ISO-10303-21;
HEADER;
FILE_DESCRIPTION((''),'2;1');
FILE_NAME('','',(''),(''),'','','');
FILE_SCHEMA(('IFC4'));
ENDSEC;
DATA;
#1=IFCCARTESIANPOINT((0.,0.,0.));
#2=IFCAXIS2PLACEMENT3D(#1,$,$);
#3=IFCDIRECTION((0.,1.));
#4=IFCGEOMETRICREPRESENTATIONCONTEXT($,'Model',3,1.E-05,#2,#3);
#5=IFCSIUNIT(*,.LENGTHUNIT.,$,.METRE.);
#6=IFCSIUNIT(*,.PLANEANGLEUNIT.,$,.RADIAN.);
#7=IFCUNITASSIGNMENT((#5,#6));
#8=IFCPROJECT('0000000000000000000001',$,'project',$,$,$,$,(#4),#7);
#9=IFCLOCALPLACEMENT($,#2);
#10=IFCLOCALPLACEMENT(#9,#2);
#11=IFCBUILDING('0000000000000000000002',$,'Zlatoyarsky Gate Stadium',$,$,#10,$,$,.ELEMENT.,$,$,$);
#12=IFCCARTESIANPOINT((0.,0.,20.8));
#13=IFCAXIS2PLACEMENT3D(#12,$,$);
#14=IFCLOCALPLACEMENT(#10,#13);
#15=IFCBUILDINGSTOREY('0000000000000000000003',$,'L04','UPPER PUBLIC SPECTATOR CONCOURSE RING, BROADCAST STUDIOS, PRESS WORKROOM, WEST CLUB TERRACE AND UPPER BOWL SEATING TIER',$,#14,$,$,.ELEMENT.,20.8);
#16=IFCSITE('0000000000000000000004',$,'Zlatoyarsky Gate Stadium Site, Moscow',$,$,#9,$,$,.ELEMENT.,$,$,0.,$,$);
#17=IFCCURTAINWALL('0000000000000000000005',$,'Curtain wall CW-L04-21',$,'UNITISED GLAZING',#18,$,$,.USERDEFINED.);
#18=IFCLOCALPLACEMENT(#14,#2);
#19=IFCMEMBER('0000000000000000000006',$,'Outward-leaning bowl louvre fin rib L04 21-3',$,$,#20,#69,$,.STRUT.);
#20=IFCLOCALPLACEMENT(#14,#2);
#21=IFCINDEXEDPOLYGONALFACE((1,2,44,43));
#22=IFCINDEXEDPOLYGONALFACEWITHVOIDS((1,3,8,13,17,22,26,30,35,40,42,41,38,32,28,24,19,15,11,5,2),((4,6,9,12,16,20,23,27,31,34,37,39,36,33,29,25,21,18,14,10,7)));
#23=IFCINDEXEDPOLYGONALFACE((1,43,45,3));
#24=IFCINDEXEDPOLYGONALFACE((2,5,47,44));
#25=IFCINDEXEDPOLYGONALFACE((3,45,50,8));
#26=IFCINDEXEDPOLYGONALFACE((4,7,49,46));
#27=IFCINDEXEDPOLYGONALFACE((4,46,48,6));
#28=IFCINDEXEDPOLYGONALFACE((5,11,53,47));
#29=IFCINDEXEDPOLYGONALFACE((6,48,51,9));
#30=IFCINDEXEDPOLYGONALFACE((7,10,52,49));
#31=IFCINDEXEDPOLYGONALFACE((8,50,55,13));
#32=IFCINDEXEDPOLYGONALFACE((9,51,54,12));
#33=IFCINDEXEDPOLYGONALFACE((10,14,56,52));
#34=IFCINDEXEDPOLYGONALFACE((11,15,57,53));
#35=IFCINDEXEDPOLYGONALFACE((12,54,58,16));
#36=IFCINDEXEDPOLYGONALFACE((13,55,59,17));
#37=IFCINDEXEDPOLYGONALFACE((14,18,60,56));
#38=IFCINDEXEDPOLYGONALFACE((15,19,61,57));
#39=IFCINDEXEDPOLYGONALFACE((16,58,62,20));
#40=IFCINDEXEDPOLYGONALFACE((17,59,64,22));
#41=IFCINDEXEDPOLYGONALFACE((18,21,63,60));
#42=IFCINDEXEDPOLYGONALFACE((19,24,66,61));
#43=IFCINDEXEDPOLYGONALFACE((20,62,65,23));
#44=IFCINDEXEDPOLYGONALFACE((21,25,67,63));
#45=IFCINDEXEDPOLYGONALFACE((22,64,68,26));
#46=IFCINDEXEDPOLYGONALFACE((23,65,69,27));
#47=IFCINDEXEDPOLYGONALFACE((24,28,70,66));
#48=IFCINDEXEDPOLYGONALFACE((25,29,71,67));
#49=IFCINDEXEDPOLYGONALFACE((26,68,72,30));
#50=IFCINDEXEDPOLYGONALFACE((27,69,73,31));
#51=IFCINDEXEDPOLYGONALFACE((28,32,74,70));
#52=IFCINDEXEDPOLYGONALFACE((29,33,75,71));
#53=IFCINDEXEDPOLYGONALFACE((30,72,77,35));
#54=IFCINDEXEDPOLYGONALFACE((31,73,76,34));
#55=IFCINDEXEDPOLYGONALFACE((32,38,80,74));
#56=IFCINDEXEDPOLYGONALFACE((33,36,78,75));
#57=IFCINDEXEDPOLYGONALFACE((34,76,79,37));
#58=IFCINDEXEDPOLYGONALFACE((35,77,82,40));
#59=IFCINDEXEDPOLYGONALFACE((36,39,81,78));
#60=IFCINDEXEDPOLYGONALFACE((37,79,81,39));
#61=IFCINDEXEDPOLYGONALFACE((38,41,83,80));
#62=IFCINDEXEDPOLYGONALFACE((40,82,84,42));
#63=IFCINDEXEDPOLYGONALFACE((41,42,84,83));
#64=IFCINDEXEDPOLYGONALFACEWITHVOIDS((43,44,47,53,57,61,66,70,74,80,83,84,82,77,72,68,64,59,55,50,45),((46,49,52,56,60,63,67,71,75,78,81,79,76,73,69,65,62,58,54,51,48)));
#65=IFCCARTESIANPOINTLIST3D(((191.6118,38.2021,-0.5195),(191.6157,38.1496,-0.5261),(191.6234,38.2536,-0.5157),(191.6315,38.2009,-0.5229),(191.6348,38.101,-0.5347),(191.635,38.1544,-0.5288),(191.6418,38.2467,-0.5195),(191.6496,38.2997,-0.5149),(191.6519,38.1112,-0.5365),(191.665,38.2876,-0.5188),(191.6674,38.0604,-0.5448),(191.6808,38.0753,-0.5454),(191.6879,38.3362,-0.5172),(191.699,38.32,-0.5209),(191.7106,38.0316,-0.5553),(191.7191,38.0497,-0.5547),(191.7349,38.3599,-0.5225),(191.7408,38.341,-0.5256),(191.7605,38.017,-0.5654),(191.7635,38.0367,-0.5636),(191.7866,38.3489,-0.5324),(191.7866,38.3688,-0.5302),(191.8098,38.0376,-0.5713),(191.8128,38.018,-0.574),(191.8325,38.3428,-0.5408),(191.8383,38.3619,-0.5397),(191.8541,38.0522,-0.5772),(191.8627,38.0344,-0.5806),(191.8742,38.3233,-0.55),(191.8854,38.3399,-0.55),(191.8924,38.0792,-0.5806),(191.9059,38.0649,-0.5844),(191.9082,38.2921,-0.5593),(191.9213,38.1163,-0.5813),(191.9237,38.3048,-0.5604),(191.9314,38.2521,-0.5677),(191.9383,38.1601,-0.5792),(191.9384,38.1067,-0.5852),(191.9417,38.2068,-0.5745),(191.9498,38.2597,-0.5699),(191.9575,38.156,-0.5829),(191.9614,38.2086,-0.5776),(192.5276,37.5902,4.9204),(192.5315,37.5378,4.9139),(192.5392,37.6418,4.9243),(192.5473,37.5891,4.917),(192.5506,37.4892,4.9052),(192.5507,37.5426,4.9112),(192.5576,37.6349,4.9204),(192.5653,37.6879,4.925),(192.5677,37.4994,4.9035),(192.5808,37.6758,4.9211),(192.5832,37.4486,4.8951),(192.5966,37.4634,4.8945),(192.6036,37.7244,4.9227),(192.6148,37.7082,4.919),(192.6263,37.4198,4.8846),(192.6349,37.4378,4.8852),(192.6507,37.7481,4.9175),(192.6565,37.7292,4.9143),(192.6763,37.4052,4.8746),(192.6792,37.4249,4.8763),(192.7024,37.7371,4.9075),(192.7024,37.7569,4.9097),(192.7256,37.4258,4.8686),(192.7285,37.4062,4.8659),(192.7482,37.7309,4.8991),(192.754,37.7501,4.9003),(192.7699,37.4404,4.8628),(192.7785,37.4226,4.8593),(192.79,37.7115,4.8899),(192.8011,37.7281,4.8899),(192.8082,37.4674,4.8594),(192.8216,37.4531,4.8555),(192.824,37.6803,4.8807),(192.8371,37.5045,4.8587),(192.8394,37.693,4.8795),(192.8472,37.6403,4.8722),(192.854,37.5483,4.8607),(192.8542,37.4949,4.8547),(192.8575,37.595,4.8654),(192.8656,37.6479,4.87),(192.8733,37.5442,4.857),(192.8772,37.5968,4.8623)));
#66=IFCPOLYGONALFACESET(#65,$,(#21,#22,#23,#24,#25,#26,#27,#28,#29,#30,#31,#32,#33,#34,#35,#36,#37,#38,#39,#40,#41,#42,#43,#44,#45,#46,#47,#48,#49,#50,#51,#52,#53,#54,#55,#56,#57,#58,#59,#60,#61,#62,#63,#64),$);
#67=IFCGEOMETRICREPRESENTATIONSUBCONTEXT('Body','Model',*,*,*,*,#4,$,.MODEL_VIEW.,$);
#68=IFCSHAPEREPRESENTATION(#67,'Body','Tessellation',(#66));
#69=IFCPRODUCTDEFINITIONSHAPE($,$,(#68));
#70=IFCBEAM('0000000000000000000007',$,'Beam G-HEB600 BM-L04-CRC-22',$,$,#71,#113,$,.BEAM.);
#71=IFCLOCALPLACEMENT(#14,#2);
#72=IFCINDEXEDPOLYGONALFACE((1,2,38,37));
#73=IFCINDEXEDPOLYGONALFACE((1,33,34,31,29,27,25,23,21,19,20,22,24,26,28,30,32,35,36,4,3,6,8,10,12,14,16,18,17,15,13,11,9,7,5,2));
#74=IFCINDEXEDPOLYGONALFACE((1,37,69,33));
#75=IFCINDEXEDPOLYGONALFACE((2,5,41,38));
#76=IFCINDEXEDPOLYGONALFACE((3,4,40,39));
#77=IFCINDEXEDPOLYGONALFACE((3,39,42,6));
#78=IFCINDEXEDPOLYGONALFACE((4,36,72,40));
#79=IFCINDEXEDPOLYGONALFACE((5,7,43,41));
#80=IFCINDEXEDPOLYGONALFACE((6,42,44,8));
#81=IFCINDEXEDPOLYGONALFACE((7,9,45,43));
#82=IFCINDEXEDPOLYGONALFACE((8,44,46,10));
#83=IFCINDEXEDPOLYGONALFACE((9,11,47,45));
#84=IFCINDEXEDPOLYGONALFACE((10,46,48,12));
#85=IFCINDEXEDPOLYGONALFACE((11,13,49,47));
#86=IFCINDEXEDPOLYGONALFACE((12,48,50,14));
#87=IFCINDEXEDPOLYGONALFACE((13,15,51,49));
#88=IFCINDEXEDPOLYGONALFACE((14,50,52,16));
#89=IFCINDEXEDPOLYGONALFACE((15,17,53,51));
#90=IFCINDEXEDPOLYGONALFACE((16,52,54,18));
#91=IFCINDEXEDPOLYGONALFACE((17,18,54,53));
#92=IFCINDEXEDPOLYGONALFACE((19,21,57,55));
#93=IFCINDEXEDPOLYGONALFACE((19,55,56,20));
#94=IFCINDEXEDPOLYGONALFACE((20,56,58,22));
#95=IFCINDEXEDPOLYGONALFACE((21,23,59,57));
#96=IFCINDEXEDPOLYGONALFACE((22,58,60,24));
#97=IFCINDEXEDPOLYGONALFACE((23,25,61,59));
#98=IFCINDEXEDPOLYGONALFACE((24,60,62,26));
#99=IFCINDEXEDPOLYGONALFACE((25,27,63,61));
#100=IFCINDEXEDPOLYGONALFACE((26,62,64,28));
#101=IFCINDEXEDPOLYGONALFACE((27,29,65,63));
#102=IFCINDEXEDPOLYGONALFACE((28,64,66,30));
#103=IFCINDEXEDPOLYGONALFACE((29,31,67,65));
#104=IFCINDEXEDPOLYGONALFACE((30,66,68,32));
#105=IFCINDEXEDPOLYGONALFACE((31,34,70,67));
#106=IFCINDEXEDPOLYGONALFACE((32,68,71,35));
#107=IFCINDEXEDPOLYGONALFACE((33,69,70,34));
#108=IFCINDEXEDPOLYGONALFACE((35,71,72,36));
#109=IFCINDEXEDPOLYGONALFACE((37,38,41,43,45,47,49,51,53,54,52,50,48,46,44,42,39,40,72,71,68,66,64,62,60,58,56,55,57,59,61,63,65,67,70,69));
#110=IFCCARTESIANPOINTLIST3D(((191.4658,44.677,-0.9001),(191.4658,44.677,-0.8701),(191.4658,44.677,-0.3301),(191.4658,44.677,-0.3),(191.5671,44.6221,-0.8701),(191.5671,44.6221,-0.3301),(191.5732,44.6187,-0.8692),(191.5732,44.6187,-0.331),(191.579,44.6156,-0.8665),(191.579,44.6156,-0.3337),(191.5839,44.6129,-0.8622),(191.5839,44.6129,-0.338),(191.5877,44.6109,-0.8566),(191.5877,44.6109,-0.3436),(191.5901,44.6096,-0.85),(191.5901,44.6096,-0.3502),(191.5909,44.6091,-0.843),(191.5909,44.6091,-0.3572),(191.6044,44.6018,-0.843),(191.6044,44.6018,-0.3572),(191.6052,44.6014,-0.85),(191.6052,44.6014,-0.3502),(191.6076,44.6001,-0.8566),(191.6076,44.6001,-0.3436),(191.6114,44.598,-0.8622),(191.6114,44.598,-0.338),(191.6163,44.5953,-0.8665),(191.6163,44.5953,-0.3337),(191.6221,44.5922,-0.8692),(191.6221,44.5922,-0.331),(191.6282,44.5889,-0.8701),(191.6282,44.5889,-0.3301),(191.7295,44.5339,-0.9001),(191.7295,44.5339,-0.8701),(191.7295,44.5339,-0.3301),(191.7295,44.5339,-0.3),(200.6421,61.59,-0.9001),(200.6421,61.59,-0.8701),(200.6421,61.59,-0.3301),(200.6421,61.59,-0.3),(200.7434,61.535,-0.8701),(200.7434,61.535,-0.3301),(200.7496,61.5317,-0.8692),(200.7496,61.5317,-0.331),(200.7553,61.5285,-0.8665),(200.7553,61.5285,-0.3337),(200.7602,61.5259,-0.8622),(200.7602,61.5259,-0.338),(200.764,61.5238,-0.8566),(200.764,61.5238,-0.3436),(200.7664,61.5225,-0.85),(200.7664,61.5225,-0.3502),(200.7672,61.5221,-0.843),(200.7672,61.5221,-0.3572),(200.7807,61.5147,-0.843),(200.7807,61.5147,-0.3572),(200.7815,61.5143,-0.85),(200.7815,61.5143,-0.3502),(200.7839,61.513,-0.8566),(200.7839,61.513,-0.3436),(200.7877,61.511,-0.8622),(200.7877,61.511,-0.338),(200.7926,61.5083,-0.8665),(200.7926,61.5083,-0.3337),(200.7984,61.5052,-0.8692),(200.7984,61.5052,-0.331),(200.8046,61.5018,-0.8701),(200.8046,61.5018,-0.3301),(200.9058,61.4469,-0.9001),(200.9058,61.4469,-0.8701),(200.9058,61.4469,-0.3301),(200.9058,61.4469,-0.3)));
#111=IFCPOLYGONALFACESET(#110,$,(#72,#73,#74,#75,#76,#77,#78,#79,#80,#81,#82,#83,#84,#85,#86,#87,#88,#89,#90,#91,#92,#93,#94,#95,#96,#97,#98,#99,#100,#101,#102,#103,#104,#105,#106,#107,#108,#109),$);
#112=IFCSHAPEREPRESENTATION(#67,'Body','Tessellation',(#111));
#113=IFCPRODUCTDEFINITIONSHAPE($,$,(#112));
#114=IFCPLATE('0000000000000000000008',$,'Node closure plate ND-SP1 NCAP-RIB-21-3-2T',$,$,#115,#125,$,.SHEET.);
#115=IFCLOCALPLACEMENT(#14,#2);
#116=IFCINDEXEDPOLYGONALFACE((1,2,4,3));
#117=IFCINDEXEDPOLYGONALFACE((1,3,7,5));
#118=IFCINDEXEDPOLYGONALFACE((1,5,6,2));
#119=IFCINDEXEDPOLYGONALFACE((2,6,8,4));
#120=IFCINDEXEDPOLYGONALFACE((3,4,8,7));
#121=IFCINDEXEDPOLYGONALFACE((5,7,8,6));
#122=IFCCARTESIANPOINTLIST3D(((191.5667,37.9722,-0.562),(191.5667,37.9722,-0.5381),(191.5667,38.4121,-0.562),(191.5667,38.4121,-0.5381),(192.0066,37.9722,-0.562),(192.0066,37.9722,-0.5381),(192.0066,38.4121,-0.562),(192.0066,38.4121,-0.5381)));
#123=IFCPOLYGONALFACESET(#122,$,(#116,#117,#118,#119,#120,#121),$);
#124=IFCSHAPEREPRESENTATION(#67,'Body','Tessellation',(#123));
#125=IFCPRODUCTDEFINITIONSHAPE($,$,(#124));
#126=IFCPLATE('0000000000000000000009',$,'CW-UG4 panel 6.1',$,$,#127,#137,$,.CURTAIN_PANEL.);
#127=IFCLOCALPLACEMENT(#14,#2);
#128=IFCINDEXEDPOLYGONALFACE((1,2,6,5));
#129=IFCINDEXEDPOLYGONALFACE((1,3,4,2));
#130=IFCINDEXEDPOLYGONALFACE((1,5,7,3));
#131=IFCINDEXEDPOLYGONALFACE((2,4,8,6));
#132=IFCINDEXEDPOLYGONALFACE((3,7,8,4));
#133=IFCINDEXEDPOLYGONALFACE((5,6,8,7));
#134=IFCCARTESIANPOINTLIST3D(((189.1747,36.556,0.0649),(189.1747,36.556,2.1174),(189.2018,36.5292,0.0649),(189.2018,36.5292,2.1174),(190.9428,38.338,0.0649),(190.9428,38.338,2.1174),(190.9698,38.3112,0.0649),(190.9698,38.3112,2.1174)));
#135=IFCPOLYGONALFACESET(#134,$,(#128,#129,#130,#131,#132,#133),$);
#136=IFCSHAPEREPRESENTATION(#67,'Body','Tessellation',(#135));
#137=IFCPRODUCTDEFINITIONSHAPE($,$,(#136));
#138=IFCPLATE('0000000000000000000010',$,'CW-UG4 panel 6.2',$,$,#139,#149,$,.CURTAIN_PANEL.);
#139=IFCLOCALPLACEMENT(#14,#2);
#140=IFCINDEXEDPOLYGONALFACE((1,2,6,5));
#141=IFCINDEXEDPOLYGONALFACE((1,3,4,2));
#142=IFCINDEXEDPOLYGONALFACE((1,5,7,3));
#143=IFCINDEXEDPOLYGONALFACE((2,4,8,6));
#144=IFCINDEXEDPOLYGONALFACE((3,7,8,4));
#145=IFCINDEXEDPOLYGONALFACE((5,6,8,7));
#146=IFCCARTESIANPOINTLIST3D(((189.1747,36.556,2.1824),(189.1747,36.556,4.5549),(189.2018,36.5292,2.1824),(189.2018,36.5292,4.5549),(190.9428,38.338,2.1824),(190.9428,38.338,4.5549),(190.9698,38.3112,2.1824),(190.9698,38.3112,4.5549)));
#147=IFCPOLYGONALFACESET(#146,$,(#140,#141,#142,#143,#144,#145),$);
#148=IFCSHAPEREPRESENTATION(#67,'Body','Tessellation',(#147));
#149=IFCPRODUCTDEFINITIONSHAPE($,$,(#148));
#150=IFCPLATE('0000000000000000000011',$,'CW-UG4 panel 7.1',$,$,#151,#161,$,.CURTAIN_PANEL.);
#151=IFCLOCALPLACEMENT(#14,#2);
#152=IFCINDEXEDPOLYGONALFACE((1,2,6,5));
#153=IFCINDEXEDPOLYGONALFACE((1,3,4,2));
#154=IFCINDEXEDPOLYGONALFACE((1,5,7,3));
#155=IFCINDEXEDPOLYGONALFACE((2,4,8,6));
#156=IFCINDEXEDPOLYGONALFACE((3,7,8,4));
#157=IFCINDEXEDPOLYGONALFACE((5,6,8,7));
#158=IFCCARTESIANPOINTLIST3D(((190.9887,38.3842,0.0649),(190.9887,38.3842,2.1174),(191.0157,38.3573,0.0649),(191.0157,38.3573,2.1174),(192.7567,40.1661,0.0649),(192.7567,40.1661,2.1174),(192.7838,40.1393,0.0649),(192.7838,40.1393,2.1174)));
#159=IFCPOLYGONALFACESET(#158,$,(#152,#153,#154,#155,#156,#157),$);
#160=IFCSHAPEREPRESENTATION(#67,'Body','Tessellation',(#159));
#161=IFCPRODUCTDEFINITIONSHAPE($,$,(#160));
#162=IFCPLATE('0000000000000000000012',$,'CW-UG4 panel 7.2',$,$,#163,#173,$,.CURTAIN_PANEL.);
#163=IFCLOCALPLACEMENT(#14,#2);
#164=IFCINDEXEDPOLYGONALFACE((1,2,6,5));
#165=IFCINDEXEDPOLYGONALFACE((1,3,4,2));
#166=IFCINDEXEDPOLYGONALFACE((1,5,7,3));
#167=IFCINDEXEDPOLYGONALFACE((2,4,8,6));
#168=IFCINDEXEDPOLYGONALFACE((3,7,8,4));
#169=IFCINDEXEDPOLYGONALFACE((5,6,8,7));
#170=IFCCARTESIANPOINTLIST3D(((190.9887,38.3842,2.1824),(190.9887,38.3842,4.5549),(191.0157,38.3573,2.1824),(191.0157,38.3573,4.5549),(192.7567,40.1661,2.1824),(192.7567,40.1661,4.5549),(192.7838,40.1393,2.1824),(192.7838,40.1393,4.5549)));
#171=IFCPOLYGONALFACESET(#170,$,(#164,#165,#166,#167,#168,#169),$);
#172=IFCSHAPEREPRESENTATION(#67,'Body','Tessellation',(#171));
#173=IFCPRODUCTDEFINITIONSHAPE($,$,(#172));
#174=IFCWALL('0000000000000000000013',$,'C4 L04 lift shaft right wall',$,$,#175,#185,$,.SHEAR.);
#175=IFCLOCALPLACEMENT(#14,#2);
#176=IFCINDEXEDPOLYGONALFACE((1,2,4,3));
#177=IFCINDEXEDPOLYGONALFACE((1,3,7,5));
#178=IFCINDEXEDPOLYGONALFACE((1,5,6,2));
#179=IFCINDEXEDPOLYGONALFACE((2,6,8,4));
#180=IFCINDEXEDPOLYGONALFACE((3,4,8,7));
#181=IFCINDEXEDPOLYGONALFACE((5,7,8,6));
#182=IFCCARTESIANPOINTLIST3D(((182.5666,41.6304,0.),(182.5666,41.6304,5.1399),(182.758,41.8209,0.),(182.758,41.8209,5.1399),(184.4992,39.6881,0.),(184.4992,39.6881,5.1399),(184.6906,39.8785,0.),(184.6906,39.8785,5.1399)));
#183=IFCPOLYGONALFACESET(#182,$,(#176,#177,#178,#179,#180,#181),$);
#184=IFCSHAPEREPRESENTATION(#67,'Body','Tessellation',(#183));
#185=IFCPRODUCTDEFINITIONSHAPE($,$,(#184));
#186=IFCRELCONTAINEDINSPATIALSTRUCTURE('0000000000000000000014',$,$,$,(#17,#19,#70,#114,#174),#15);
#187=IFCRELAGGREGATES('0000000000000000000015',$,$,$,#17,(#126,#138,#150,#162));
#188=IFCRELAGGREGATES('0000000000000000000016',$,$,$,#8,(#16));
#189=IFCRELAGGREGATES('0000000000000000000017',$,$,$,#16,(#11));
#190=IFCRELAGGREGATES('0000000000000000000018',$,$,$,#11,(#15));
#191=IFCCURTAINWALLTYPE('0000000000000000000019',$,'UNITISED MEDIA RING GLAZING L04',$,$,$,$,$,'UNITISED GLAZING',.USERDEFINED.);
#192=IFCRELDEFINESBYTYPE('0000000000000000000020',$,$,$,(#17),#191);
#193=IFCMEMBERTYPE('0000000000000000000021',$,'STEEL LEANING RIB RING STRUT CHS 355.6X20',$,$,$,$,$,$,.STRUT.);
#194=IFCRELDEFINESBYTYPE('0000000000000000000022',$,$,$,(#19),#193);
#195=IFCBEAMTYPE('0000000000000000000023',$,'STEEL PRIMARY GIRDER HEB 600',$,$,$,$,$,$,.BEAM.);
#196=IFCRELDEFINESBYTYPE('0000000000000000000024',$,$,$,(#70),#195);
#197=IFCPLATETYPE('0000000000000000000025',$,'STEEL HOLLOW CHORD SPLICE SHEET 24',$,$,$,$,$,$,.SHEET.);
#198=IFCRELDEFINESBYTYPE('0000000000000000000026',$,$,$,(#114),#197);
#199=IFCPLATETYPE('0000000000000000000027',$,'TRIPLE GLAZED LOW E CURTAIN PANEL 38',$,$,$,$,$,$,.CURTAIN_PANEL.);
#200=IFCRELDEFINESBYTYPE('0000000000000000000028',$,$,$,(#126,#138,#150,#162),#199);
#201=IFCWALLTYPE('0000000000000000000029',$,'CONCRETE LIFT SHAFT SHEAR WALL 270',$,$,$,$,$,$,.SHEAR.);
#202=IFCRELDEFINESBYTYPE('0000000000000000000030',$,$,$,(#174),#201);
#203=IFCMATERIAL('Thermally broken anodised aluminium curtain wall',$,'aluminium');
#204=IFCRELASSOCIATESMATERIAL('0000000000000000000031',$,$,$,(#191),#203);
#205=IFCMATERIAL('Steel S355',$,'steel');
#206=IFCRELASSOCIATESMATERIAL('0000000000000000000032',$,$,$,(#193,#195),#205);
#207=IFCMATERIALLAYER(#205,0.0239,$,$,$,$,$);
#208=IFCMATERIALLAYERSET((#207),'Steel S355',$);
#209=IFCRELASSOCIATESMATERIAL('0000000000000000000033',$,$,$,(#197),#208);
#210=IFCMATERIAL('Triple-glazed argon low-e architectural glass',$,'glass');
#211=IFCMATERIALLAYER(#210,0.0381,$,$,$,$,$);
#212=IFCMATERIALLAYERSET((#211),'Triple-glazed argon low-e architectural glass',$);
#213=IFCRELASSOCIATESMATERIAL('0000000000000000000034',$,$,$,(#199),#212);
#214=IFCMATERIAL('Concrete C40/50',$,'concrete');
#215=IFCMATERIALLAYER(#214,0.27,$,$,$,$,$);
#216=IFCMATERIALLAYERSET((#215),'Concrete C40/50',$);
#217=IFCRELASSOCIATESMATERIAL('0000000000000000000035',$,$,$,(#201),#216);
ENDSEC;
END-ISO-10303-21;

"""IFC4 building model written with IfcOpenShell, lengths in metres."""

from ifc_helpers import new_model, si_unit, direction, frame, frame_2d, origin, origin_2d, place, context, subcontext, project, spatial, rectangle, hollow_circle, i_section, extrude, material, layer, layer_set, material_profile, profile_set, type_object, element, aggregate, save


model = new_model("IFC4")

# Units and contexts
model_context = context("Model", 3, precision=1e-05, world=origin(), true_north=direction((0.0, 1.0)))
body_context = subcontext(model_context, "Body", "Model", "MODEL_VIEW")
ifc_project = project(units=[si_unit("LENGTHUNIT", "METRE"), si_unit("PLANEANGLEUNIT", "RADIAN")], contexts=[model_context])

# Site, building, storey
site_placement = place(None, origin())
site = spatial("IfcSite", under=ifc_project, at=site_placement, Name="Zlatoyarsky Gate Stadium Site, Moscow", CompositionType="ELEMENT", RefElevation=0.0)
building_placement = place(site_placement, origin())
building = spatial("IfcBuilding", under=site, at=building_placement, Name="Zlatoyarsky Gate Stadium", CompositionType="ELEMENT")
storey_placement = place(building_placement, frame((0.0, 0.0, 20.8)))
storey = spatial("IfcBuildingStorey", under=building, at=storey_placement, Name="L04", Description="UPPER PUBLIC SPECTATOR CONCOURSE RING, BROADCAST STUDIOS, PRESS WORKROOM, WEST CLUB TERRACE AND UPPER BOWL SEATING TIER", CompositionType="ELEMENT", Elevation=20.8)

# Shared definitions
ifc_material_1 = material(Name="Steel S355", Category="steel")

# Curtain wall
ifc_material_2 = material(Name="Thermally broken anodised aluminium curtain wall", Category="aluminium")
curtain_wall_type = type_object("IfcCurtainWallType", Name="UNITISED MEDIA RING GLAZING L04", ElementType="UNITISED GLAZING", PredefinedType="USERDEFINED", material=ifc_material_2)
curtain_wall_placement = place(storey_placement, origin())
curtain_wall = element("IfcCurtainWall", 1, at=curtain_wall_placement, inside=storey, type_object=curtain_wall_type, Name="Curtain wall CW-L04-21", ObjectType="UNITISED GLAZING", PredefinedType="USERDEFINED")

# Member
ifc_material_profile_1 = material_profile(ifc_material_1, hollow_circle(Radius=0.1777, WallThickness=0.02, at=origin_2d()), Name="CHS 355.6X20")
ifc_profile_set_1 = profile_set([ifc_material_profile_1], Name="Steel S355")
member_type_1 = type_object("IfcMemberType", Name="STEEL LEANING RIB RING STRUT CHS 355.6X20", PredefinedType="STRUT", material=ifc_profile_set_1)
member_1_placement = place(storey_placement, frame((191.7866, 38.1921, -0.55), z_axis=(0.164995, -0.110231, 0.980115), x_axis=(0.555518, 0.831504, 0.0)))
element("IfcMember", 2, at=member_1_placement, inside=storey, type_object=member_type_1, Name="Outward-leaning bowl louvre fin rib L04 21-3", PredefinedType="STRUT", context=body_context, shape_type="SweptSolid", body=[
    extrude(hollow_circle(Radius=0.1777, WallThickness=0.02, at=origin_2d()), origin(), (0.0, 0.0, 1.0), 5.5503),
])

# Beam
ifc_material_profile_2 = material_profile(ifc_material_1, i_section(OverallWidth=0.3, OverallDepth=0.6001, WebThickness=0.0154, FlangeThickness=0.03, FilletRadius=0.0271, at=origin_2d()), Name="HEB 600")
ifc_profile_set_2 = profile_set([ifc_material_profile_2], Name="Steel S355")
beam_type_1 = type_object("IfcBeamType", Name="STEEL PRIMARY GIRDER HEB 600", PredefinedType="BEAM", material=ifc_profile_set_2)
beam_1_placement = place(storey_placement, frame((191.5977, 44.6055, -0.6001), z_axis=(0.476892, 0.878962, 0.0), x_axis=(-0.878962, 0.476892, 0.0)))
element("IfcBeam", 3, at=beam_1_placement, inside=storey, type_object=beam_type_1, Name="Beam G-HEB600 BM-L04-CRC-22", PredefinedType="BEAM", context=body_context, shape_type="SweptSolid", body=[
    extrude(i_section(OverallWidth=0.3, OverallDepth=0.6001, WebThickness=0.0154, FlangeThickness=0.03, FilletRadius=0.0271, at=origin_2d()), origin(), (0.0, 0.0, 1.0), 19.2419),
])

# Plates
ifc_layer_1 = layer(ifc_material_1, 0.0239)
ifc_layer_set_1 = layer_set([ifc_layer_1], Name="Steel S355")
plate_type_1 = type_object("IfcPlateType", Name="STEEL HOLLOW CHORD SPLICE SHEET 24", PredefinedType="SHEET", material=ifc_layer_set_1)
plate_1_placement = place(storey_placement, frame((191.7866, 38.1921, -0.562), z_axis=(0.0, 0.0, 1.0), x_axis=(1.0, 0.0, 0.0)))
element("IfcPlate", 4, at=plate_1_placement, inside=storey, type_object=plate_type_1, Name="Node closure plate ND-SP1 NCAP-RIB-21-3-2T", PredefinedType="SHEET", context=body_context, shape_type="SweptSolid", body=[
    extrude(rectangle(XDim=0.4399, YDim=0.4399, at=origin_2d()), origin(), (0.0, 0.0, 1.0), 0.0239),
])
ifc_material_3 = material(Name="Triple-glazed argon low-e architectural glass", Category="glass")
ifc_layer_2 = layer(ifc_material_3, 0.0381)
ifc_layer_set_2 = layer_set([ifc_layer_2], Name="Triple-glazed argon low-e architectural glass")
plate_type_2 = type_object("IfcPlateType", Name="TRIPLE GLAZED LOW E CURTAIN PANEL 38", PredefinedType="CURTAIN_PANEL", material=ifc_layer_set_2)
plate_2_placement = place(storey_placement, frame((190.0723, 37.4336, 0.0649), z_axis=(0.0, 0.0, 1.0), x_axis=(0.704332, 0.709871, 0.0)))
plate_2 = element("IfcPlate", 5, at=plate_2_placement, type_object=plate_type_2, Name="CW-UG4 panel 6.1", PredefinedType="CURTAIN_PANEL", context=body_context, shape_type="SweptSolid", body=[
    extrude(rectangle(XDim=2.5103, YDim=0.0381, at=origin_2d()), origin(), (0.0, 0.0, 1.0), 2.0525),
])
plate_3_placement = place(storey_placement, frame((190.0723, 37.4336, 2.1824), z_axis=(0.0, 0.0, 1.0), x_axis=(0.704332, 0.709871, 0.0)))
plate_3 = element("IfcPlate", 6, at=plate_3_placement, type_object=plate_type_2, Name="CW-UG4 panel 6.2", PredefinedType="CURTAIN_PANEL", context=body_context, shape_type="SweptSolid", body=[
    extrude(rectangle(XDim=2.5103, YDim=0.0381, at=origin_2d()), origin(), (0.0, 0.0, 1.0), 2.3726),
])
plate_4_placement = place(storey_placement, frame((191.8862, 39.2617, 0.0649), z_axis=(0.0, 0.0, 1.0), x_axis=(0.704332, 0.709871, 0.0)))
plate_4 = element("IfcPlate", 7, at=plate_4_placement, type_object=plate_type_2, Name="CW-UG4 panel 7.1", PredefinedType="CURTAIN_PANEL", context=body_context, shape_type="SweptSolid", body=[
    extrude(rectangle(XDim=2.5103, YDim=0.0381, at=origin_2d()), origin(), (0.0, 0.0, 1.0), 2.0525),
])
plate_5_placement = place(storey_placement, frame((191.8862, 39.2617, 2.1824), z_axis=(0.0, 0.0, 1.0), x_axis=(0.704332, 0.709871, 0.0)))
plate_5 = element("IfcPlate", 8, at=plate_5_placement, type_object=plate_type_2, Name="CW-UG4 panel 7.2", PredefinedType="CURTAIN_PANEL", context=body_context, shape_type="SweptSolid", body=[
    extrude(rectangle(XDim=2.5103, YDim=0.0381, at=origin_2d()), origin(), (0.0, 0.0, 1.0), 2.3726),
])
aggregate(curtain_wall, [plate_2, plate_3, plate_4, plate_5])

# Wall
ifc_material_4 = material(Name="Concrete C40/50", Category="concrete")
ifc_layer_3 = layer(ifc_material_4, 0.27)
ifc_layer_set_3 = layer_set([ifc_layer_3], Name="Concrete C40/50")
wall_type_1 = type_object("IfcWallType", Name="CONCRETE LIFT SHAFT SHEAR WALL 270", PredefinedType="SHEAR", material=ifc_layer_set_3)
wall_1_placement = place(storey_placement, frame((184.595, 39.7832, 0.0), z_axis=(0.0, 0.0, 1.0), x_axis=(-0.705323, 0.708887, 0.0)))
element("IfcWall", 9, at=wall_1_placement, inside=storey, type_object=wall_type_1, Name="C4 L04 lift shaft right wall", PredefinedType="SHEAR", context=body_context, shape_type="SweptSolid", body=[
    extrude(rectangle(XDim=2.74, YDim=0.27, at=frame_2d((1.3701, 0.0))), origin(), (0.0, 0.0, 1.0), 5.1399),
])

save(model, "model.ifc")
